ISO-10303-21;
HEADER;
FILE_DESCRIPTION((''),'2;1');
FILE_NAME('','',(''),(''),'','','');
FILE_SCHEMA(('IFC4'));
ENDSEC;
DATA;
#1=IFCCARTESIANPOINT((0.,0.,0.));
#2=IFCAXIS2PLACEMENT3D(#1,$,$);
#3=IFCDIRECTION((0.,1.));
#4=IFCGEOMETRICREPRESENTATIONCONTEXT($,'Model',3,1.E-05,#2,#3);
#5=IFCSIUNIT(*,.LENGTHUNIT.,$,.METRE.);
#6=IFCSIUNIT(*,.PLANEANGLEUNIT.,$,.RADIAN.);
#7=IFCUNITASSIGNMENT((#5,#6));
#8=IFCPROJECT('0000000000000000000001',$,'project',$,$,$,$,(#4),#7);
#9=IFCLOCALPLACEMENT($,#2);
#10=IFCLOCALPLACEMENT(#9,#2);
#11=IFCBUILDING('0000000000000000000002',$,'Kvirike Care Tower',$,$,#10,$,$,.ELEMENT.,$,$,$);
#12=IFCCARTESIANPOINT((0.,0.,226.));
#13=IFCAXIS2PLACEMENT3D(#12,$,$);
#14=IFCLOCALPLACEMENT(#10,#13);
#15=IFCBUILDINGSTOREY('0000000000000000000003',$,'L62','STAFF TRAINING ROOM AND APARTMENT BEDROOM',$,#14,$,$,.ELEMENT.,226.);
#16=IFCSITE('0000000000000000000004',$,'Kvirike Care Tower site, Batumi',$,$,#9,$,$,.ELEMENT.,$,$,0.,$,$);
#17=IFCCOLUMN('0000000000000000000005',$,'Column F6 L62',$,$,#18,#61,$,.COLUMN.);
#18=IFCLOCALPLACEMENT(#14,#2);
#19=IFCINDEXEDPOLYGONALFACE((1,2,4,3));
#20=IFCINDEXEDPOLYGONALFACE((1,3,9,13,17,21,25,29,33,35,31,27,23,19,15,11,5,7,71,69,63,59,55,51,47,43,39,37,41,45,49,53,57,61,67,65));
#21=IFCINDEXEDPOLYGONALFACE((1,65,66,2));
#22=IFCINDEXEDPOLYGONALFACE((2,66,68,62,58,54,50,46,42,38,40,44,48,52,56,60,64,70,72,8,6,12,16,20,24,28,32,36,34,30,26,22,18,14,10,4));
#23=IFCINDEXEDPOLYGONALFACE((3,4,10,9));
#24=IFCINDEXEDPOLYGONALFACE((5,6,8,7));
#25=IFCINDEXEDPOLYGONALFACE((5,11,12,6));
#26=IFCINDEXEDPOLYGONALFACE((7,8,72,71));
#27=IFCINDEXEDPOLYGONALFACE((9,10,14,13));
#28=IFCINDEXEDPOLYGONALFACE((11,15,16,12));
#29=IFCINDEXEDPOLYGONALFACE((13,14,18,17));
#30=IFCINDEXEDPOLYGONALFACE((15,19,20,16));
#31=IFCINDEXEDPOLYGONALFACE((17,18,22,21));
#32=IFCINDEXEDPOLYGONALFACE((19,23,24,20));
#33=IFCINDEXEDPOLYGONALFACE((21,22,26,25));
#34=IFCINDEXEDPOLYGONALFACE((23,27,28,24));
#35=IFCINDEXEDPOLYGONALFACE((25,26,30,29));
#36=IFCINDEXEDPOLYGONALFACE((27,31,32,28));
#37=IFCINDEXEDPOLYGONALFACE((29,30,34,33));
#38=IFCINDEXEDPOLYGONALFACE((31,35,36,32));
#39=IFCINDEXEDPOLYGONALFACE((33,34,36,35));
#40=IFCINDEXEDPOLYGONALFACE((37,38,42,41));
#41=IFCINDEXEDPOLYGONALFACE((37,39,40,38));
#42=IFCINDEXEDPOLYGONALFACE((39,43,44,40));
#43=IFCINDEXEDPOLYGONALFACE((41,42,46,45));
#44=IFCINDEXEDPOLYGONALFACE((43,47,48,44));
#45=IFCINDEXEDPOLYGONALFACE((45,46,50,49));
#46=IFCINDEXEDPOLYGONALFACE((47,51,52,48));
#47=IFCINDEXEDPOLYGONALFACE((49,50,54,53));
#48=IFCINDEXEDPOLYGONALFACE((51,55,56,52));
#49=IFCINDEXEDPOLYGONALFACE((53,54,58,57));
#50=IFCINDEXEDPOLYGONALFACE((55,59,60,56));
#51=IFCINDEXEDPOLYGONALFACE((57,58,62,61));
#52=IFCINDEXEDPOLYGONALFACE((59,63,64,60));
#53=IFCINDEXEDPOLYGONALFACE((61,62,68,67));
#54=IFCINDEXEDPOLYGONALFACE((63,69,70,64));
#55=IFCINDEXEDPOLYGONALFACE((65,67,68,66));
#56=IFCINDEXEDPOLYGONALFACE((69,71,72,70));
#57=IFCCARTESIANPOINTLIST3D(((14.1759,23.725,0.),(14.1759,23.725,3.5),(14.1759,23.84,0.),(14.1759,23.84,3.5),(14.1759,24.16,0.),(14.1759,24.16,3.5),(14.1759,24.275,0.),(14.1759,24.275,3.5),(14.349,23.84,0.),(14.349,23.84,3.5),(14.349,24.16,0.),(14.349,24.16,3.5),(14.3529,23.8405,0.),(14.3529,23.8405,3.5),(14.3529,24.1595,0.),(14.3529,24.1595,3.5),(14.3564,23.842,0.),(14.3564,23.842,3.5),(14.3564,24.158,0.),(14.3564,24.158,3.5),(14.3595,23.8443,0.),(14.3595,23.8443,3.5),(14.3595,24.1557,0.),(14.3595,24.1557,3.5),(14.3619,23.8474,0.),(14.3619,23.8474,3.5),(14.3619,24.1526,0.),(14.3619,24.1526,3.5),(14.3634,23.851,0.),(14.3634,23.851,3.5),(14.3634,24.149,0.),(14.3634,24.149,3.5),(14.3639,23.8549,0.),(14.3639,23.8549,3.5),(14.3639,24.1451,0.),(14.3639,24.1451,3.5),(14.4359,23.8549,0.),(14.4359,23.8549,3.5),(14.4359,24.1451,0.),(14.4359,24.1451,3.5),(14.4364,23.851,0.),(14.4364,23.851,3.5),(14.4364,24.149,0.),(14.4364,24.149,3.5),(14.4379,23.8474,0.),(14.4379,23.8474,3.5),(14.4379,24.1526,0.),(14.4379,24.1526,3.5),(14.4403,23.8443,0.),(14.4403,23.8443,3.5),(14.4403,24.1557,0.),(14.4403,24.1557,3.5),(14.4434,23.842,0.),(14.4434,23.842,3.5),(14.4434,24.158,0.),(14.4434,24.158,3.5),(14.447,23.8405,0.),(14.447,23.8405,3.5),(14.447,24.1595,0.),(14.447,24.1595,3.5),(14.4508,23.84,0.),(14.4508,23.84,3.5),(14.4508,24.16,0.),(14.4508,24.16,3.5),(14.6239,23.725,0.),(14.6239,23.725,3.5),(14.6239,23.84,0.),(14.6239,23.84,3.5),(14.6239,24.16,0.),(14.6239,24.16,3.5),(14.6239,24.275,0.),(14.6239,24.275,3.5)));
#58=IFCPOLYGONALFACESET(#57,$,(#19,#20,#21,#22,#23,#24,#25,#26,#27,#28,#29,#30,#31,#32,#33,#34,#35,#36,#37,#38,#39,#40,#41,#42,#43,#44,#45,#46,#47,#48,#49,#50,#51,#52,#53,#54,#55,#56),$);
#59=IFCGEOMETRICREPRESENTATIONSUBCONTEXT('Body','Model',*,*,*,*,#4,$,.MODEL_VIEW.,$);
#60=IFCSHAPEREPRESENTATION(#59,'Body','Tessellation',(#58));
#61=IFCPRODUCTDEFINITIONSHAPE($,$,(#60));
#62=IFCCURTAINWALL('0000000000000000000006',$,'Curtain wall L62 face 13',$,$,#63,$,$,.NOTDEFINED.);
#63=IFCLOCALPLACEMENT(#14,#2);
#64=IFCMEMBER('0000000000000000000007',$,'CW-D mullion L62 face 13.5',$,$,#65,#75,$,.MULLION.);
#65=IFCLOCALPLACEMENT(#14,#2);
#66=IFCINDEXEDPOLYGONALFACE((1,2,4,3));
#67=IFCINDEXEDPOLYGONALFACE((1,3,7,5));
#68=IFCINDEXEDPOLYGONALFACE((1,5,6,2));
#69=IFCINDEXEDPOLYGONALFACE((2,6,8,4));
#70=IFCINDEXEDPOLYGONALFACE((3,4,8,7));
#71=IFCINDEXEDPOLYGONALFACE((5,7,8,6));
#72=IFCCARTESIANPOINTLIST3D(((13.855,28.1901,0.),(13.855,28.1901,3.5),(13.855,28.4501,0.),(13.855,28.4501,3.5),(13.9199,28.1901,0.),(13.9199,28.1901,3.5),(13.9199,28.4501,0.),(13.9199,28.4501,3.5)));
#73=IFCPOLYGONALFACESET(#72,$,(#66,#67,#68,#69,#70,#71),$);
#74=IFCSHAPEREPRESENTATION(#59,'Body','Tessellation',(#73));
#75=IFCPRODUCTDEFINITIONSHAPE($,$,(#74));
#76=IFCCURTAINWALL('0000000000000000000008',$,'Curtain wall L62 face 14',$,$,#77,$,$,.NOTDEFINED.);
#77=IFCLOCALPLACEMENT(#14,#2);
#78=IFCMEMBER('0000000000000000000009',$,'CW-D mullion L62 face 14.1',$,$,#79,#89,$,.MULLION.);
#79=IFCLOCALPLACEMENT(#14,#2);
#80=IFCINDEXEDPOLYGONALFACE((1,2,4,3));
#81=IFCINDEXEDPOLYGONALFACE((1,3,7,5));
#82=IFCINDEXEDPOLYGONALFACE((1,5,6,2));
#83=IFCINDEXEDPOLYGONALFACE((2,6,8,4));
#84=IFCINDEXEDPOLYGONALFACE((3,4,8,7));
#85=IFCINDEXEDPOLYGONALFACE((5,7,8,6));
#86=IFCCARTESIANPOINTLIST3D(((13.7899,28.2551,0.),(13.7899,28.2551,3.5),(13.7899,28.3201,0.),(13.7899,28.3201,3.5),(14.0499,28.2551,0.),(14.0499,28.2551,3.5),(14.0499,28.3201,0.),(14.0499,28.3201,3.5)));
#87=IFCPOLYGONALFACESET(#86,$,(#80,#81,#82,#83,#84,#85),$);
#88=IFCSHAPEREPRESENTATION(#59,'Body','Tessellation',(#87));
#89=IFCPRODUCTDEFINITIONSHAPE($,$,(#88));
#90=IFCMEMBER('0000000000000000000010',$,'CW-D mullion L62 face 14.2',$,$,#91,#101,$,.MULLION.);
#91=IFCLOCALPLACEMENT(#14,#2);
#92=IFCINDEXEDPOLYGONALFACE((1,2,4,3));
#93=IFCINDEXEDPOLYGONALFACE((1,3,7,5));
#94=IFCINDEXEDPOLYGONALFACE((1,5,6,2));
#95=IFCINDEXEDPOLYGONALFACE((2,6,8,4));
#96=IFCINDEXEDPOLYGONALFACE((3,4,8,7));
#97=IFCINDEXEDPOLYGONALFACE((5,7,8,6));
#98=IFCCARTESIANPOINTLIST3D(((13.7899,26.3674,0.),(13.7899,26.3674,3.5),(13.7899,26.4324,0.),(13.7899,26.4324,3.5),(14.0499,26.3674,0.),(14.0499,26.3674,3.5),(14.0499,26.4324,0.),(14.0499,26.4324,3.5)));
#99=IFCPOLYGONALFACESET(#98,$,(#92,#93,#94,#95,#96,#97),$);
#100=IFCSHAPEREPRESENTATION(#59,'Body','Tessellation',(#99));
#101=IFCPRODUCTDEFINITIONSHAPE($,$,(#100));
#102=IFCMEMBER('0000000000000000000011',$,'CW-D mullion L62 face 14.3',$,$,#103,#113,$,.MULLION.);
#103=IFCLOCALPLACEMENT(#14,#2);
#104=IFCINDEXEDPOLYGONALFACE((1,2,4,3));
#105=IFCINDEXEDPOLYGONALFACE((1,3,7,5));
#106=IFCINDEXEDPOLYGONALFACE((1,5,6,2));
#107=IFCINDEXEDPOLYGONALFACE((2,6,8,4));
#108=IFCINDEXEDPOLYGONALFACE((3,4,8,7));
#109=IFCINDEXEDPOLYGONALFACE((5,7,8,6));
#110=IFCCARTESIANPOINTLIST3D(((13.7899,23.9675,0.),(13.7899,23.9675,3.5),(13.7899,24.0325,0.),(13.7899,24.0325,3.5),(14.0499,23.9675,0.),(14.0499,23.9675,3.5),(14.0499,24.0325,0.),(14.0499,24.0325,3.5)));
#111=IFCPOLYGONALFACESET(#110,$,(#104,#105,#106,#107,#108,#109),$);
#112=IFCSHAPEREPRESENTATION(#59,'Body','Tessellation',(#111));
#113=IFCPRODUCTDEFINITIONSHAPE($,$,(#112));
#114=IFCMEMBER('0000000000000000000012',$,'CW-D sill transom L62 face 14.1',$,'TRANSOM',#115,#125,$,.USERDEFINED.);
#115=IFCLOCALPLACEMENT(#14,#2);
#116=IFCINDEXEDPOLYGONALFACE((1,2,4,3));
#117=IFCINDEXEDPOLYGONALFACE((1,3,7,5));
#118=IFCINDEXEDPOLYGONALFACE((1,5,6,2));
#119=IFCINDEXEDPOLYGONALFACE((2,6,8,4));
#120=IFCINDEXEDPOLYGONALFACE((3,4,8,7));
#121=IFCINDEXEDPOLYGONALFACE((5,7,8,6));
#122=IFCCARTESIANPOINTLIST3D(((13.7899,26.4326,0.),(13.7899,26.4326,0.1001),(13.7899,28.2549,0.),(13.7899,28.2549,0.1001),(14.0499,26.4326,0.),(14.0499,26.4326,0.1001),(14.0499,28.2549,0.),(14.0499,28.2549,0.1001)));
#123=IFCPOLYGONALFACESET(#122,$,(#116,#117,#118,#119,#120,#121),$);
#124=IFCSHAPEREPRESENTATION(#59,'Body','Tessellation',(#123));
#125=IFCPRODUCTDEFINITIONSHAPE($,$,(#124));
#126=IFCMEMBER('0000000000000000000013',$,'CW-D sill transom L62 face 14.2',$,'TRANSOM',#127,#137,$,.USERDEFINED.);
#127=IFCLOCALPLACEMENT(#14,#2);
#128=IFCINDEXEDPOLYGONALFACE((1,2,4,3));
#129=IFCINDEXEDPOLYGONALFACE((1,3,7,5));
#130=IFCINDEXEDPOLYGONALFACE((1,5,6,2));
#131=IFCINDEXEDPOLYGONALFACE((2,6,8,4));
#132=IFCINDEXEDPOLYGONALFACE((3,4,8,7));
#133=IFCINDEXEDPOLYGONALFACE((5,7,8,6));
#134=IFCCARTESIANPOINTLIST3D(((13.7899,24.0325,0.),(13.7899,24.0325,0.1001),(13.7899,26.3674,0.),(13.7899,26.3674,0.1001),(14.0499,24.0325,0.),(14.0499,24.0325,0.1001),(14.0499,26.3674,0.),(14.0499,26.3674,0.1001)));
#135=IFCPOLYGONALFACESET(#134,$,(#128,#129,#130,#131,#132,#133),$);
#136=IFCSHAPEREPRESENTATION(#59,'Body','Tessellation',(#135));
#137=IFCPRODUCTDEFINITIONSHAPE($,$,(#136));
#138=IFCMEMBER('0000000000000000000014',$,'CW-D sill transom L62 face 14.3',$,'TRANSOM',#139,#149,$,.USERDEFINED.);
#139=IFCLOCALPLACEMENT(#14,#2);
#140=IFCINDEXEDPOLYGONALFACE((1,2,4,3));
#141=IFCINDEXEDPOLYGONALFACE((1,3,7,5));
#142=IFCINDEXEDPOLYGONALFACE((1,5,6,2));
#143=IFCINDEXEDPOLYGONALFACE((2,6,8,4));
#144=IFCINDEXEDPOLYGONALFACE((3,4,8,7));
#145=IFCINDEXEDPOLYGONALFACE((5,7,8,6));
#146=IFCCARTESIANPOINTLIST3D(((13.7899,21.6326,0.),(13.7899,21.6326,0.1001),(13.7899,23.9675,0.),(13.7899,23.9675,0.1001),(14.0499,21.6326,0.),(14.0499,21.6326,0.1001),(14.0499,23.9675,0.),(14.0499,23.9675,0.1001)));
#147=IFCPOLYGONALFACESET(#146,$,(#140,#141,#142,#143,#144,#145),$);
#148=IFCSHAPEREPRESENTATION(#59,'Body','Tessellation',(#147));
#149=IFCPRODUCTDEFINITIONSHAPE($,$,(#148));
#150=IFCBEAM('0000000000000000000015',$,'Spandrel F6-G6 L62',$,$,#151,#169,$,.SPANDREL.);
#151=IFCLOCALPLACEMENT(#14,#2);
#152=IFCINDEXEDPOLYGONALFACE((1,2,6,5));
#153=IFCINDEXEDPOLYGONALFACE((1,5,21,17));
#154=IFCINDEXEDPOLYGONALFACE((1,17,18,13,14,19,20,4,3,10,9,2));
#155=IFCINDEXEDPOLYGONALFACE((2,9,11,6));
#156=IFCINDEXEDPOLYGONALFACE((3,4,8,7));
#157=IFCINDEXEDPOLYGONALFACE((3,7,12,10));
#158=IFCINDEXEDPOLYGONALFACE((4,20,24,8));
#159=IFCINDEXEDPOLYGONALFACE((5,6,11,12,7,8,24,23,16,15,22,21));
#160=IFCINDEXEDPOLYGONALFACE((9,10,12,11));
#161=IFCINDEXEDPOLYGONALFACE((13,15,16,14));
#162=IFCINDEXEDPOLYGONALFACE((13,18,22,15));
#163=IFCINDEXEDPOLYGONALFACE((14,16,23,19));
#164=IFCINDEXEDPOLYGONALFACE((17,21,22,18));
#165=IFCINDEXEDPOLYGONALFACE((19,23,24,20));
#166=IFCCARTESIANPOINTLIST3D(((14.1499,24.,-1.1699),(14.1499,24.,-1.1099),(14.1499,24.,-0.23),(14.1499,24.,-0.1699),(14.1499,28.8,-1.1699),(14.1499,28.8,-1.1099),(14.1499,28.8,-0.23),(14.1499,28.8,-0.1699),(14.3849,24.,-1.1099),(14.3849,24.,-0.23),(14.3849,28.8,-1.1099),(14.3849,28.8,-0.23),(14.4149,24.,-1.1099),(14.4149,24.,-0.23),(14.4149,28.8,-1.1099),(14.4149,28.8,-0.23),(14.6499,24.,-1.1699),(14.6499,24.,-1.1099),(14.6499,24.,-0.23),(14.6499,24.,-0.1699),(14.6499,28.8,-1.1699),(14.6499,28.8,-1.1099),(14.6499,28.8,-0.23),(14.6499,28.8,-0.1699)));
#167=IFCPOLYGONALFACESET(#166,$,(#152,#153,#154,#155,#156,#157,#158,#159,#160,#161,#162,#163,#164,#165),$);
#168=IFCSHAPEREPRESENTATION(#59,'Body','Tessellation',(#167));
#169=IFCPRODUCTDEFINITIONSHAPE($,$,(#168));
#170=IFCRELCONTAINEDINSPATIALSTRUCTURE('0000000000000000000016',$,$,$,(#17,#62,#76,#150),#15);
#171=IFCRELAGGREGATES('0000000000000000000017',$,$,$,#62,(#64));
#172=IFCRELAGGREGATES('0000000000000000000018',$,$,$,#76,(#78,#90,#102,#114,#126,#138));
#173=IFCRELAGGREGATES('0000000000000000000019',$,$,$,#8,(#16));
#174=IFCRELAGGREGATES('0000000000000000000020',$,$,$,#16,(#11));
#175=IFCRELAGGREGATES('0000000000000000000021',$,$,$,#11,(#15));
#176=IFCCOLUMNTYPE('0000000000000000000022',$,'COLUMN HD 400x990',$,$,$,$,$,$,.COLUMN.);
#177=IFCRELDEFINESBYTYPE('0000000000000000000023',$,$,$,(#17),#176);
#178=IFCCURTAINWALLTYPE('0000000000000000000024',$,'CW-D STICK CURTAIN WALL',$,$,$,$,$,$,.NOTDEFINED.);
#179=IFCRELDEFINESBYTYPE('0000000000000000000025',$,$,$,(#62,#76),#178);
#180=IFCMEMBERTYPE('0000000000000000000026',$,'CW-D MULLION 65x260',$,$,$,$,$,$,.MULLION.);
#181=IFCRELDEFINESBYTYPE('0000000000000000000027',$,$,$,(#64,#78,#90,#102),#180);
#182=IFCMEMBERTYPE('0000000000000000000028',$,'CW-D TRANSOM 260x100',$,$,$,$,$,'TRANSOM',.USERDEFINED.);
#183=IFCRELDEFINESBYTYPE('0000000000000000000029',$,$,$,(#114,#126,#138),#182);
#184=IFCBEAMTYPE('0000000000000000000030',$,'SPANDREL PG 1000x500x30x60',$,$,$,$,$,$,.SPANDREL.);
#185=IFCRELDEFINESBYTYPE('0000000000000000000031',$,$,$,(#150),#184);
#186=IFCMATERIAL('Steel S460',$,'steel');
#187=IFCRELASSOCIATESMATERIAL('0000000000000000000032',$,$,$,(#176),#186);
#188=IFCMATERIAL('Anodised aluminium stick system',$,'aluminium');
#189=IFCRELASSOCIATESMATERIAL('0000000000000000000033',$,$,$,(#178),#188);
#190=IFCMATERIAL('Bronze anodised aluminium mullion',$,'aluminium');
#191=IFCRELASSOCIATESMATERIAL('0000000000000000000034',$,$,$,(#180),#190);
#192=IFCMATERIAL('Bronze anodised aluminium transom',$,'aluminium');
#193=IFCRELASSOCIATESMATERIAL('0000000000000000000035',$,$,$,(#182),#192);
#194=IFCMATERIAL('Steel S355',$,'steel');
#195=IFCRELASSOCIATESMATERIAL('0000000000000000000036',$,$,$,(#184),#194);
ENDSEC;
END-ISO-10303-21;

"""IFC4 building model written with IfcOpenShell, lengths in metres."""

from ifc_helpers import new_model, si_unit, direction, frame, origin, origin_2d, place, context, subcontext, project, spatial, rectangle, i_section, extrude, material, material_profile, profile_set, type_object, element, aggregate, save


model = new_model("IFC4")

# Units and contexts
model_context = context("Model", 3, precision=1e-05, world=origin(), true_north=direction((0.0, 1.0)))
body_context = subcontext(model_context, "Body", "Model", "MODEL_VIEW")
ifc_project = project(units=[si_unit("LENGTHUNIT", "METRE"), si_unit("PLANEANGLEUNIT", "RADIAN")], contexts=[model_context])

# Site, building, storey
site_placement = place(None, origin())
site = spatial("IfcSite", under=ifc_project, at=site_placement, Name="Kvirike Care Tower site, Batumi", CompositionType="ELEMENT", RefElevation=0.0)
building_placement = place(site_placement, origin())
building = spatial("IfcBuilding", under=site, at=building_placement, Name="Kvirike Care Tower", CompositionType="ELEMENT")
storey_placement = place(building_placement, frame((0.0, 0.0, 226.0)))
storey = spatial("IfcBuildingStorey", under=building, at=storey_placement, Name="L62", Description="STAFF TRAINING ROOM AND APARTMENT BEDROOM", CompositionType="ELEMENT", Elevation=226.0)

# Column
ifc_material_1 = material(Name="Steel S460", Category="steel")
ifc_material_profile_1 = material_profile(ifc_material_1, i_section(OverallWidth=0.448, OverallDepth=0.55, WebThickness=0.072, FlangeThickness=0.115, FilletRadius=0.0149, at=origin_2d()), Name="HD 400x990")
ifc_profile_set_1 = profile_set([ifc_material_profile_1], Name="Steel S460")
column_type = type_object("IfcColumnType", Name="COLUMN HD 400x990", PredefinedType="COLUMN", material=ifc_profile_set_1)
column_placement = place(storey_placement, frame((14.3999, 24.0, 0.0), z_axis=(0.0, 0.0, 1.0), x_axis=(1.0, 0.0, 0.0)))
element("IfcColumn", 1, at=column_placement, inside=storey, type_object=column_type, Name="Column F6 L62", PredefinedType="COLUMN", context=body_context, shape_type="SweptSolid", body=[
    extrude(i_section(OverallWidth=0.448, OverallDepth=0.55, WebThickness=0.072, FlangeThickness=0.115, FilletRadius=0.0149, at=origin_2d()), origin(), (0.0, 0.0, 1.0), 3.5),
])

# Curtain wall, member
ifc_material_2 = material(Name="Anodised aluminium stick system", Category="aluminium")
curtain_wall_type = type_object("IfcCurtainWallType", Name="CW-D STICK CURTAIN WALL", PredefinedType="NOTDEFINED", material=ifc_material_2)
curtain_wall_1_placement = place(storey_placement, origin())
curtain_wall_1 = element("IfcCurtainWall", 2, at=curtain_wall_1_placement, inside=storey, type_object=curtain_wall_type, Name="Curtain wall L62 face 13", PredefinedType="NOTDEFINED")
ifc_material_3 = material(Name="Bronze anodised aluminium mullion", Category="aluminium")
ifc_material_profile_2 = material_profile(ifc_material_3, rectangle(XDim=0.0649, YDim=0.26, at=origin_2d()), Name="CW-D MULLION 65x260")
ifc_profile_set_2 = profile_set([ifc_material_profile_2], Name="Bronze anodised aluminium mullion")
member_type_1 = type_object("IfcMemberType", Name="CW-D MULLION 65x260", PredefinedType="MULLION", material=ifc_profile_set_2)
member_1_placement = place(storey_placement, frame((13.8875, 28.3201, 0.0), z_axis=(0.0, 0.0, 1.0), x_axis=(1.0, 0.0, 0.0)))
member_1 = element("IfcMember", 3, at=member_1_placement, type_object=member_type_1, Name="CW-D mullion L62 face 13.5", PredefinedType="MULLION", context=body_context, shape_type="SweptSolid", body=[
    extrude(rectangle(XDim=0.0649, YDim=0.26, at=origin_2d()), origin(), (0.0, 0.0, 1.0), 3.5),
])
aggregate(curtain_wall_1, [member_1])

# Curtain wall, members
curtain_wall_2_placement = place(storey_placement, origin())
curtain_wall_2 = element("IfcCurtainWall", 4, at=curtain_wall_2_placement, inside=storey, type_object=curtain_wall_type, Name="Curtain wall L62 face 14", PredefinedType="NOTDEFINED")
member_2_placement = place(storey_placement, frame((13.9199, 28.2876, 0.0), z_axis=(0.0, 0.0, 1.0), x_axis=(0.0, -1.0, 0.0)))
member_2 = element("IfcMember", 5, at=member_2_placement, type_object=member_type_1, Name="CW-D mullion L62 face 14.1", PredefinedType="MULLION", context=body_context, shape_type="SweptSolid", body=[
    extrude(rectangle(XDim=0.0649, YDim=0.26, at=origin_2d()), origin(), (0.0, 0.0, 1.0), 3.5),
])
member_3_placement = place(storey_placement, frame((13.9199, 26.3999, 0.0), z_axis=(0.0, 0.0, 1.0), x_axis=(0.0, -1.0, 0.0)))
member_3 = element("IfcMember", 6, at=member_3_placement, type_object=member_type_1, Name="CW-D mullion L62 face 14.2", PredefinedType="MULLION", context=body_context, shape_type="SweptSolid", body=[
    extrude(rectangle(XDim=0.0649, YDim=0.26, at=origin_2d()), origin(), (0.0, 0.0, 1.0), 3.5),
])
member_4_placement = place(storey_placement, frame((13.9199, 24.0, 0.0), z_axis=(0.0, 0.0, 1.0), x_axis=(0.0, -1.0, 0.0)))
member_4 = element("IfcMember", 7, at=member_4_placement, type_object=member_type_1, Name="CW-D mullion L62 face 14.3", PredefinedType="MULLION", context=body_context, shape_type="SweptSolid", body=[
    extrude(rectangle(XDim=0.0649, YDim=0.26, at=origin_2d()), origin(), (0.0, 0.0, 1.0), 3.5),
])
ifc_material_4 = material(Name="Bronze anodised aluminium transom", Category="aluminium")
ifc_material_profile_3 = material_profile(ifc_material_4, rectangle(XDim=0.26, YDim=0.1001, at=origin_2d()), Name="CW-D TRANSOM 260x100")
ifc_profile_set_3 = profile_set([ifc_material_profile_3], Name="Bronze anodised aluminium transom")
member_type_2 = type_object("IfcMemberType", Name="CW-D TRANSOM 260x100", ElementType="TRANSOM", PredefinedType="USERDEFINED", material=ifc_profile_set_3)
member_5_placement = place(storey_placement, frame((13.9199, 28.2549, 0.05), z_axis=(0.0, -1.0, 0.0), x_axis=(1.0, 0.0, 0.0)))
member_5 = element("IfcMember", 8, at=member_5_placement, type_object=member_type_2, Name="CW-D sill transom L62 face 14.1", ObjectType="TRANSOM", PredefinedType="USERDEFINED", context=body_context, shape_type="SweptSolid", body=[
    extrude(rectangle(XDim=0.26, YDim=0.1001, at=origin_2d()), origin(), (0.0, 0.0, 1.0), 1.8223),
])
member_6_placement = place(storey_placement, frame((13.9199, 26.3674, 0.05), z_axis=(0.0, -1.0, 0.0), x_axis=(1.0, 0.0, 0.0)))
member_6 = element("IfcMember", 9, at=member_6_placement, type_object=member_type_2, Name="CW-D sill transom L62 face 14.2", ObjectType="TRANSOM", PredefinedType="USERDEFINED", context=body_context, shape_type="SweptSolid", body=[
    extrude(rectangle(XDim=0.26, YDim=0.1001, at=origin_2d()), origin(), (0.0, 0.0, 1.0), 2.335),
])
member_7_placement = place(storey_placement, frame((13.9199, 23.9675, 0.05), z_axis=(0.0, -1.0, 0.0), x_axis=(1.0, 0.0, 0.0)))
member_7 = element("IfcMember", 10, at=member_7_placement, type_object=member_type_2, Name="CW-D sill transom L62 face 14.3", ObjectType="TRANSOM", PredefinedType="USERDEFINED", context=body_context, shape_type="SweptSolid", body=[
    extrude(rectangle(XDim=0.26, YDim=0.1001, at=origin_2d()), origin(), (0.0, 0.0, 1.0), 2.335),
])

# Beam
ifc_material_5 = material(Name="Steel S355", Category="steel")
ifc_material_profile_4 = material_profile(ifc_material_5, i_section(OverallWidth=0.5, OverallDepth=1.0, WebThickness=0.03, FlangeThickness=0.0601, at=origin_2d()), Name="PG 1000x500x30x60")
ifc_profile_set_4 = profile_set([ifc_material_profile_4], Name="Steel S355")
beam_type_1 = type_object("IfcBeamType", Name="SPANDREL PG 1000x500x30x60", PredefinedType="SPANDREL", material=ifc_profile_set_4)
beam_placement = place(storey_placement, frame((14.3999, 24.0, -0.6699), z_axis=(0.0, 1.0, 0.0), x_axis=(-1.0, 0.0, 0.0)))
element("IfcBeam", 11, at=beam_placement, inside=storey, type_object=beam_type_1, Name="Spandrel F6-G6 L62", PredefinedType="SPANDREL", context=body_context, shape_type="SweptSolid", body=[
    extrude(i_section(OverallWidth=0.5, OverallDepth=1.0, WebThickness=0.03, FlangeThickness=0.0601, at=origin_2d()), origin(), (0.0, 0.0, 1.0), 4.8),
])

aggregate(curtain_wall_2, [member_2, member_3, member_4, member_5, member_6, member_7])

save(model, "model.ifc")
